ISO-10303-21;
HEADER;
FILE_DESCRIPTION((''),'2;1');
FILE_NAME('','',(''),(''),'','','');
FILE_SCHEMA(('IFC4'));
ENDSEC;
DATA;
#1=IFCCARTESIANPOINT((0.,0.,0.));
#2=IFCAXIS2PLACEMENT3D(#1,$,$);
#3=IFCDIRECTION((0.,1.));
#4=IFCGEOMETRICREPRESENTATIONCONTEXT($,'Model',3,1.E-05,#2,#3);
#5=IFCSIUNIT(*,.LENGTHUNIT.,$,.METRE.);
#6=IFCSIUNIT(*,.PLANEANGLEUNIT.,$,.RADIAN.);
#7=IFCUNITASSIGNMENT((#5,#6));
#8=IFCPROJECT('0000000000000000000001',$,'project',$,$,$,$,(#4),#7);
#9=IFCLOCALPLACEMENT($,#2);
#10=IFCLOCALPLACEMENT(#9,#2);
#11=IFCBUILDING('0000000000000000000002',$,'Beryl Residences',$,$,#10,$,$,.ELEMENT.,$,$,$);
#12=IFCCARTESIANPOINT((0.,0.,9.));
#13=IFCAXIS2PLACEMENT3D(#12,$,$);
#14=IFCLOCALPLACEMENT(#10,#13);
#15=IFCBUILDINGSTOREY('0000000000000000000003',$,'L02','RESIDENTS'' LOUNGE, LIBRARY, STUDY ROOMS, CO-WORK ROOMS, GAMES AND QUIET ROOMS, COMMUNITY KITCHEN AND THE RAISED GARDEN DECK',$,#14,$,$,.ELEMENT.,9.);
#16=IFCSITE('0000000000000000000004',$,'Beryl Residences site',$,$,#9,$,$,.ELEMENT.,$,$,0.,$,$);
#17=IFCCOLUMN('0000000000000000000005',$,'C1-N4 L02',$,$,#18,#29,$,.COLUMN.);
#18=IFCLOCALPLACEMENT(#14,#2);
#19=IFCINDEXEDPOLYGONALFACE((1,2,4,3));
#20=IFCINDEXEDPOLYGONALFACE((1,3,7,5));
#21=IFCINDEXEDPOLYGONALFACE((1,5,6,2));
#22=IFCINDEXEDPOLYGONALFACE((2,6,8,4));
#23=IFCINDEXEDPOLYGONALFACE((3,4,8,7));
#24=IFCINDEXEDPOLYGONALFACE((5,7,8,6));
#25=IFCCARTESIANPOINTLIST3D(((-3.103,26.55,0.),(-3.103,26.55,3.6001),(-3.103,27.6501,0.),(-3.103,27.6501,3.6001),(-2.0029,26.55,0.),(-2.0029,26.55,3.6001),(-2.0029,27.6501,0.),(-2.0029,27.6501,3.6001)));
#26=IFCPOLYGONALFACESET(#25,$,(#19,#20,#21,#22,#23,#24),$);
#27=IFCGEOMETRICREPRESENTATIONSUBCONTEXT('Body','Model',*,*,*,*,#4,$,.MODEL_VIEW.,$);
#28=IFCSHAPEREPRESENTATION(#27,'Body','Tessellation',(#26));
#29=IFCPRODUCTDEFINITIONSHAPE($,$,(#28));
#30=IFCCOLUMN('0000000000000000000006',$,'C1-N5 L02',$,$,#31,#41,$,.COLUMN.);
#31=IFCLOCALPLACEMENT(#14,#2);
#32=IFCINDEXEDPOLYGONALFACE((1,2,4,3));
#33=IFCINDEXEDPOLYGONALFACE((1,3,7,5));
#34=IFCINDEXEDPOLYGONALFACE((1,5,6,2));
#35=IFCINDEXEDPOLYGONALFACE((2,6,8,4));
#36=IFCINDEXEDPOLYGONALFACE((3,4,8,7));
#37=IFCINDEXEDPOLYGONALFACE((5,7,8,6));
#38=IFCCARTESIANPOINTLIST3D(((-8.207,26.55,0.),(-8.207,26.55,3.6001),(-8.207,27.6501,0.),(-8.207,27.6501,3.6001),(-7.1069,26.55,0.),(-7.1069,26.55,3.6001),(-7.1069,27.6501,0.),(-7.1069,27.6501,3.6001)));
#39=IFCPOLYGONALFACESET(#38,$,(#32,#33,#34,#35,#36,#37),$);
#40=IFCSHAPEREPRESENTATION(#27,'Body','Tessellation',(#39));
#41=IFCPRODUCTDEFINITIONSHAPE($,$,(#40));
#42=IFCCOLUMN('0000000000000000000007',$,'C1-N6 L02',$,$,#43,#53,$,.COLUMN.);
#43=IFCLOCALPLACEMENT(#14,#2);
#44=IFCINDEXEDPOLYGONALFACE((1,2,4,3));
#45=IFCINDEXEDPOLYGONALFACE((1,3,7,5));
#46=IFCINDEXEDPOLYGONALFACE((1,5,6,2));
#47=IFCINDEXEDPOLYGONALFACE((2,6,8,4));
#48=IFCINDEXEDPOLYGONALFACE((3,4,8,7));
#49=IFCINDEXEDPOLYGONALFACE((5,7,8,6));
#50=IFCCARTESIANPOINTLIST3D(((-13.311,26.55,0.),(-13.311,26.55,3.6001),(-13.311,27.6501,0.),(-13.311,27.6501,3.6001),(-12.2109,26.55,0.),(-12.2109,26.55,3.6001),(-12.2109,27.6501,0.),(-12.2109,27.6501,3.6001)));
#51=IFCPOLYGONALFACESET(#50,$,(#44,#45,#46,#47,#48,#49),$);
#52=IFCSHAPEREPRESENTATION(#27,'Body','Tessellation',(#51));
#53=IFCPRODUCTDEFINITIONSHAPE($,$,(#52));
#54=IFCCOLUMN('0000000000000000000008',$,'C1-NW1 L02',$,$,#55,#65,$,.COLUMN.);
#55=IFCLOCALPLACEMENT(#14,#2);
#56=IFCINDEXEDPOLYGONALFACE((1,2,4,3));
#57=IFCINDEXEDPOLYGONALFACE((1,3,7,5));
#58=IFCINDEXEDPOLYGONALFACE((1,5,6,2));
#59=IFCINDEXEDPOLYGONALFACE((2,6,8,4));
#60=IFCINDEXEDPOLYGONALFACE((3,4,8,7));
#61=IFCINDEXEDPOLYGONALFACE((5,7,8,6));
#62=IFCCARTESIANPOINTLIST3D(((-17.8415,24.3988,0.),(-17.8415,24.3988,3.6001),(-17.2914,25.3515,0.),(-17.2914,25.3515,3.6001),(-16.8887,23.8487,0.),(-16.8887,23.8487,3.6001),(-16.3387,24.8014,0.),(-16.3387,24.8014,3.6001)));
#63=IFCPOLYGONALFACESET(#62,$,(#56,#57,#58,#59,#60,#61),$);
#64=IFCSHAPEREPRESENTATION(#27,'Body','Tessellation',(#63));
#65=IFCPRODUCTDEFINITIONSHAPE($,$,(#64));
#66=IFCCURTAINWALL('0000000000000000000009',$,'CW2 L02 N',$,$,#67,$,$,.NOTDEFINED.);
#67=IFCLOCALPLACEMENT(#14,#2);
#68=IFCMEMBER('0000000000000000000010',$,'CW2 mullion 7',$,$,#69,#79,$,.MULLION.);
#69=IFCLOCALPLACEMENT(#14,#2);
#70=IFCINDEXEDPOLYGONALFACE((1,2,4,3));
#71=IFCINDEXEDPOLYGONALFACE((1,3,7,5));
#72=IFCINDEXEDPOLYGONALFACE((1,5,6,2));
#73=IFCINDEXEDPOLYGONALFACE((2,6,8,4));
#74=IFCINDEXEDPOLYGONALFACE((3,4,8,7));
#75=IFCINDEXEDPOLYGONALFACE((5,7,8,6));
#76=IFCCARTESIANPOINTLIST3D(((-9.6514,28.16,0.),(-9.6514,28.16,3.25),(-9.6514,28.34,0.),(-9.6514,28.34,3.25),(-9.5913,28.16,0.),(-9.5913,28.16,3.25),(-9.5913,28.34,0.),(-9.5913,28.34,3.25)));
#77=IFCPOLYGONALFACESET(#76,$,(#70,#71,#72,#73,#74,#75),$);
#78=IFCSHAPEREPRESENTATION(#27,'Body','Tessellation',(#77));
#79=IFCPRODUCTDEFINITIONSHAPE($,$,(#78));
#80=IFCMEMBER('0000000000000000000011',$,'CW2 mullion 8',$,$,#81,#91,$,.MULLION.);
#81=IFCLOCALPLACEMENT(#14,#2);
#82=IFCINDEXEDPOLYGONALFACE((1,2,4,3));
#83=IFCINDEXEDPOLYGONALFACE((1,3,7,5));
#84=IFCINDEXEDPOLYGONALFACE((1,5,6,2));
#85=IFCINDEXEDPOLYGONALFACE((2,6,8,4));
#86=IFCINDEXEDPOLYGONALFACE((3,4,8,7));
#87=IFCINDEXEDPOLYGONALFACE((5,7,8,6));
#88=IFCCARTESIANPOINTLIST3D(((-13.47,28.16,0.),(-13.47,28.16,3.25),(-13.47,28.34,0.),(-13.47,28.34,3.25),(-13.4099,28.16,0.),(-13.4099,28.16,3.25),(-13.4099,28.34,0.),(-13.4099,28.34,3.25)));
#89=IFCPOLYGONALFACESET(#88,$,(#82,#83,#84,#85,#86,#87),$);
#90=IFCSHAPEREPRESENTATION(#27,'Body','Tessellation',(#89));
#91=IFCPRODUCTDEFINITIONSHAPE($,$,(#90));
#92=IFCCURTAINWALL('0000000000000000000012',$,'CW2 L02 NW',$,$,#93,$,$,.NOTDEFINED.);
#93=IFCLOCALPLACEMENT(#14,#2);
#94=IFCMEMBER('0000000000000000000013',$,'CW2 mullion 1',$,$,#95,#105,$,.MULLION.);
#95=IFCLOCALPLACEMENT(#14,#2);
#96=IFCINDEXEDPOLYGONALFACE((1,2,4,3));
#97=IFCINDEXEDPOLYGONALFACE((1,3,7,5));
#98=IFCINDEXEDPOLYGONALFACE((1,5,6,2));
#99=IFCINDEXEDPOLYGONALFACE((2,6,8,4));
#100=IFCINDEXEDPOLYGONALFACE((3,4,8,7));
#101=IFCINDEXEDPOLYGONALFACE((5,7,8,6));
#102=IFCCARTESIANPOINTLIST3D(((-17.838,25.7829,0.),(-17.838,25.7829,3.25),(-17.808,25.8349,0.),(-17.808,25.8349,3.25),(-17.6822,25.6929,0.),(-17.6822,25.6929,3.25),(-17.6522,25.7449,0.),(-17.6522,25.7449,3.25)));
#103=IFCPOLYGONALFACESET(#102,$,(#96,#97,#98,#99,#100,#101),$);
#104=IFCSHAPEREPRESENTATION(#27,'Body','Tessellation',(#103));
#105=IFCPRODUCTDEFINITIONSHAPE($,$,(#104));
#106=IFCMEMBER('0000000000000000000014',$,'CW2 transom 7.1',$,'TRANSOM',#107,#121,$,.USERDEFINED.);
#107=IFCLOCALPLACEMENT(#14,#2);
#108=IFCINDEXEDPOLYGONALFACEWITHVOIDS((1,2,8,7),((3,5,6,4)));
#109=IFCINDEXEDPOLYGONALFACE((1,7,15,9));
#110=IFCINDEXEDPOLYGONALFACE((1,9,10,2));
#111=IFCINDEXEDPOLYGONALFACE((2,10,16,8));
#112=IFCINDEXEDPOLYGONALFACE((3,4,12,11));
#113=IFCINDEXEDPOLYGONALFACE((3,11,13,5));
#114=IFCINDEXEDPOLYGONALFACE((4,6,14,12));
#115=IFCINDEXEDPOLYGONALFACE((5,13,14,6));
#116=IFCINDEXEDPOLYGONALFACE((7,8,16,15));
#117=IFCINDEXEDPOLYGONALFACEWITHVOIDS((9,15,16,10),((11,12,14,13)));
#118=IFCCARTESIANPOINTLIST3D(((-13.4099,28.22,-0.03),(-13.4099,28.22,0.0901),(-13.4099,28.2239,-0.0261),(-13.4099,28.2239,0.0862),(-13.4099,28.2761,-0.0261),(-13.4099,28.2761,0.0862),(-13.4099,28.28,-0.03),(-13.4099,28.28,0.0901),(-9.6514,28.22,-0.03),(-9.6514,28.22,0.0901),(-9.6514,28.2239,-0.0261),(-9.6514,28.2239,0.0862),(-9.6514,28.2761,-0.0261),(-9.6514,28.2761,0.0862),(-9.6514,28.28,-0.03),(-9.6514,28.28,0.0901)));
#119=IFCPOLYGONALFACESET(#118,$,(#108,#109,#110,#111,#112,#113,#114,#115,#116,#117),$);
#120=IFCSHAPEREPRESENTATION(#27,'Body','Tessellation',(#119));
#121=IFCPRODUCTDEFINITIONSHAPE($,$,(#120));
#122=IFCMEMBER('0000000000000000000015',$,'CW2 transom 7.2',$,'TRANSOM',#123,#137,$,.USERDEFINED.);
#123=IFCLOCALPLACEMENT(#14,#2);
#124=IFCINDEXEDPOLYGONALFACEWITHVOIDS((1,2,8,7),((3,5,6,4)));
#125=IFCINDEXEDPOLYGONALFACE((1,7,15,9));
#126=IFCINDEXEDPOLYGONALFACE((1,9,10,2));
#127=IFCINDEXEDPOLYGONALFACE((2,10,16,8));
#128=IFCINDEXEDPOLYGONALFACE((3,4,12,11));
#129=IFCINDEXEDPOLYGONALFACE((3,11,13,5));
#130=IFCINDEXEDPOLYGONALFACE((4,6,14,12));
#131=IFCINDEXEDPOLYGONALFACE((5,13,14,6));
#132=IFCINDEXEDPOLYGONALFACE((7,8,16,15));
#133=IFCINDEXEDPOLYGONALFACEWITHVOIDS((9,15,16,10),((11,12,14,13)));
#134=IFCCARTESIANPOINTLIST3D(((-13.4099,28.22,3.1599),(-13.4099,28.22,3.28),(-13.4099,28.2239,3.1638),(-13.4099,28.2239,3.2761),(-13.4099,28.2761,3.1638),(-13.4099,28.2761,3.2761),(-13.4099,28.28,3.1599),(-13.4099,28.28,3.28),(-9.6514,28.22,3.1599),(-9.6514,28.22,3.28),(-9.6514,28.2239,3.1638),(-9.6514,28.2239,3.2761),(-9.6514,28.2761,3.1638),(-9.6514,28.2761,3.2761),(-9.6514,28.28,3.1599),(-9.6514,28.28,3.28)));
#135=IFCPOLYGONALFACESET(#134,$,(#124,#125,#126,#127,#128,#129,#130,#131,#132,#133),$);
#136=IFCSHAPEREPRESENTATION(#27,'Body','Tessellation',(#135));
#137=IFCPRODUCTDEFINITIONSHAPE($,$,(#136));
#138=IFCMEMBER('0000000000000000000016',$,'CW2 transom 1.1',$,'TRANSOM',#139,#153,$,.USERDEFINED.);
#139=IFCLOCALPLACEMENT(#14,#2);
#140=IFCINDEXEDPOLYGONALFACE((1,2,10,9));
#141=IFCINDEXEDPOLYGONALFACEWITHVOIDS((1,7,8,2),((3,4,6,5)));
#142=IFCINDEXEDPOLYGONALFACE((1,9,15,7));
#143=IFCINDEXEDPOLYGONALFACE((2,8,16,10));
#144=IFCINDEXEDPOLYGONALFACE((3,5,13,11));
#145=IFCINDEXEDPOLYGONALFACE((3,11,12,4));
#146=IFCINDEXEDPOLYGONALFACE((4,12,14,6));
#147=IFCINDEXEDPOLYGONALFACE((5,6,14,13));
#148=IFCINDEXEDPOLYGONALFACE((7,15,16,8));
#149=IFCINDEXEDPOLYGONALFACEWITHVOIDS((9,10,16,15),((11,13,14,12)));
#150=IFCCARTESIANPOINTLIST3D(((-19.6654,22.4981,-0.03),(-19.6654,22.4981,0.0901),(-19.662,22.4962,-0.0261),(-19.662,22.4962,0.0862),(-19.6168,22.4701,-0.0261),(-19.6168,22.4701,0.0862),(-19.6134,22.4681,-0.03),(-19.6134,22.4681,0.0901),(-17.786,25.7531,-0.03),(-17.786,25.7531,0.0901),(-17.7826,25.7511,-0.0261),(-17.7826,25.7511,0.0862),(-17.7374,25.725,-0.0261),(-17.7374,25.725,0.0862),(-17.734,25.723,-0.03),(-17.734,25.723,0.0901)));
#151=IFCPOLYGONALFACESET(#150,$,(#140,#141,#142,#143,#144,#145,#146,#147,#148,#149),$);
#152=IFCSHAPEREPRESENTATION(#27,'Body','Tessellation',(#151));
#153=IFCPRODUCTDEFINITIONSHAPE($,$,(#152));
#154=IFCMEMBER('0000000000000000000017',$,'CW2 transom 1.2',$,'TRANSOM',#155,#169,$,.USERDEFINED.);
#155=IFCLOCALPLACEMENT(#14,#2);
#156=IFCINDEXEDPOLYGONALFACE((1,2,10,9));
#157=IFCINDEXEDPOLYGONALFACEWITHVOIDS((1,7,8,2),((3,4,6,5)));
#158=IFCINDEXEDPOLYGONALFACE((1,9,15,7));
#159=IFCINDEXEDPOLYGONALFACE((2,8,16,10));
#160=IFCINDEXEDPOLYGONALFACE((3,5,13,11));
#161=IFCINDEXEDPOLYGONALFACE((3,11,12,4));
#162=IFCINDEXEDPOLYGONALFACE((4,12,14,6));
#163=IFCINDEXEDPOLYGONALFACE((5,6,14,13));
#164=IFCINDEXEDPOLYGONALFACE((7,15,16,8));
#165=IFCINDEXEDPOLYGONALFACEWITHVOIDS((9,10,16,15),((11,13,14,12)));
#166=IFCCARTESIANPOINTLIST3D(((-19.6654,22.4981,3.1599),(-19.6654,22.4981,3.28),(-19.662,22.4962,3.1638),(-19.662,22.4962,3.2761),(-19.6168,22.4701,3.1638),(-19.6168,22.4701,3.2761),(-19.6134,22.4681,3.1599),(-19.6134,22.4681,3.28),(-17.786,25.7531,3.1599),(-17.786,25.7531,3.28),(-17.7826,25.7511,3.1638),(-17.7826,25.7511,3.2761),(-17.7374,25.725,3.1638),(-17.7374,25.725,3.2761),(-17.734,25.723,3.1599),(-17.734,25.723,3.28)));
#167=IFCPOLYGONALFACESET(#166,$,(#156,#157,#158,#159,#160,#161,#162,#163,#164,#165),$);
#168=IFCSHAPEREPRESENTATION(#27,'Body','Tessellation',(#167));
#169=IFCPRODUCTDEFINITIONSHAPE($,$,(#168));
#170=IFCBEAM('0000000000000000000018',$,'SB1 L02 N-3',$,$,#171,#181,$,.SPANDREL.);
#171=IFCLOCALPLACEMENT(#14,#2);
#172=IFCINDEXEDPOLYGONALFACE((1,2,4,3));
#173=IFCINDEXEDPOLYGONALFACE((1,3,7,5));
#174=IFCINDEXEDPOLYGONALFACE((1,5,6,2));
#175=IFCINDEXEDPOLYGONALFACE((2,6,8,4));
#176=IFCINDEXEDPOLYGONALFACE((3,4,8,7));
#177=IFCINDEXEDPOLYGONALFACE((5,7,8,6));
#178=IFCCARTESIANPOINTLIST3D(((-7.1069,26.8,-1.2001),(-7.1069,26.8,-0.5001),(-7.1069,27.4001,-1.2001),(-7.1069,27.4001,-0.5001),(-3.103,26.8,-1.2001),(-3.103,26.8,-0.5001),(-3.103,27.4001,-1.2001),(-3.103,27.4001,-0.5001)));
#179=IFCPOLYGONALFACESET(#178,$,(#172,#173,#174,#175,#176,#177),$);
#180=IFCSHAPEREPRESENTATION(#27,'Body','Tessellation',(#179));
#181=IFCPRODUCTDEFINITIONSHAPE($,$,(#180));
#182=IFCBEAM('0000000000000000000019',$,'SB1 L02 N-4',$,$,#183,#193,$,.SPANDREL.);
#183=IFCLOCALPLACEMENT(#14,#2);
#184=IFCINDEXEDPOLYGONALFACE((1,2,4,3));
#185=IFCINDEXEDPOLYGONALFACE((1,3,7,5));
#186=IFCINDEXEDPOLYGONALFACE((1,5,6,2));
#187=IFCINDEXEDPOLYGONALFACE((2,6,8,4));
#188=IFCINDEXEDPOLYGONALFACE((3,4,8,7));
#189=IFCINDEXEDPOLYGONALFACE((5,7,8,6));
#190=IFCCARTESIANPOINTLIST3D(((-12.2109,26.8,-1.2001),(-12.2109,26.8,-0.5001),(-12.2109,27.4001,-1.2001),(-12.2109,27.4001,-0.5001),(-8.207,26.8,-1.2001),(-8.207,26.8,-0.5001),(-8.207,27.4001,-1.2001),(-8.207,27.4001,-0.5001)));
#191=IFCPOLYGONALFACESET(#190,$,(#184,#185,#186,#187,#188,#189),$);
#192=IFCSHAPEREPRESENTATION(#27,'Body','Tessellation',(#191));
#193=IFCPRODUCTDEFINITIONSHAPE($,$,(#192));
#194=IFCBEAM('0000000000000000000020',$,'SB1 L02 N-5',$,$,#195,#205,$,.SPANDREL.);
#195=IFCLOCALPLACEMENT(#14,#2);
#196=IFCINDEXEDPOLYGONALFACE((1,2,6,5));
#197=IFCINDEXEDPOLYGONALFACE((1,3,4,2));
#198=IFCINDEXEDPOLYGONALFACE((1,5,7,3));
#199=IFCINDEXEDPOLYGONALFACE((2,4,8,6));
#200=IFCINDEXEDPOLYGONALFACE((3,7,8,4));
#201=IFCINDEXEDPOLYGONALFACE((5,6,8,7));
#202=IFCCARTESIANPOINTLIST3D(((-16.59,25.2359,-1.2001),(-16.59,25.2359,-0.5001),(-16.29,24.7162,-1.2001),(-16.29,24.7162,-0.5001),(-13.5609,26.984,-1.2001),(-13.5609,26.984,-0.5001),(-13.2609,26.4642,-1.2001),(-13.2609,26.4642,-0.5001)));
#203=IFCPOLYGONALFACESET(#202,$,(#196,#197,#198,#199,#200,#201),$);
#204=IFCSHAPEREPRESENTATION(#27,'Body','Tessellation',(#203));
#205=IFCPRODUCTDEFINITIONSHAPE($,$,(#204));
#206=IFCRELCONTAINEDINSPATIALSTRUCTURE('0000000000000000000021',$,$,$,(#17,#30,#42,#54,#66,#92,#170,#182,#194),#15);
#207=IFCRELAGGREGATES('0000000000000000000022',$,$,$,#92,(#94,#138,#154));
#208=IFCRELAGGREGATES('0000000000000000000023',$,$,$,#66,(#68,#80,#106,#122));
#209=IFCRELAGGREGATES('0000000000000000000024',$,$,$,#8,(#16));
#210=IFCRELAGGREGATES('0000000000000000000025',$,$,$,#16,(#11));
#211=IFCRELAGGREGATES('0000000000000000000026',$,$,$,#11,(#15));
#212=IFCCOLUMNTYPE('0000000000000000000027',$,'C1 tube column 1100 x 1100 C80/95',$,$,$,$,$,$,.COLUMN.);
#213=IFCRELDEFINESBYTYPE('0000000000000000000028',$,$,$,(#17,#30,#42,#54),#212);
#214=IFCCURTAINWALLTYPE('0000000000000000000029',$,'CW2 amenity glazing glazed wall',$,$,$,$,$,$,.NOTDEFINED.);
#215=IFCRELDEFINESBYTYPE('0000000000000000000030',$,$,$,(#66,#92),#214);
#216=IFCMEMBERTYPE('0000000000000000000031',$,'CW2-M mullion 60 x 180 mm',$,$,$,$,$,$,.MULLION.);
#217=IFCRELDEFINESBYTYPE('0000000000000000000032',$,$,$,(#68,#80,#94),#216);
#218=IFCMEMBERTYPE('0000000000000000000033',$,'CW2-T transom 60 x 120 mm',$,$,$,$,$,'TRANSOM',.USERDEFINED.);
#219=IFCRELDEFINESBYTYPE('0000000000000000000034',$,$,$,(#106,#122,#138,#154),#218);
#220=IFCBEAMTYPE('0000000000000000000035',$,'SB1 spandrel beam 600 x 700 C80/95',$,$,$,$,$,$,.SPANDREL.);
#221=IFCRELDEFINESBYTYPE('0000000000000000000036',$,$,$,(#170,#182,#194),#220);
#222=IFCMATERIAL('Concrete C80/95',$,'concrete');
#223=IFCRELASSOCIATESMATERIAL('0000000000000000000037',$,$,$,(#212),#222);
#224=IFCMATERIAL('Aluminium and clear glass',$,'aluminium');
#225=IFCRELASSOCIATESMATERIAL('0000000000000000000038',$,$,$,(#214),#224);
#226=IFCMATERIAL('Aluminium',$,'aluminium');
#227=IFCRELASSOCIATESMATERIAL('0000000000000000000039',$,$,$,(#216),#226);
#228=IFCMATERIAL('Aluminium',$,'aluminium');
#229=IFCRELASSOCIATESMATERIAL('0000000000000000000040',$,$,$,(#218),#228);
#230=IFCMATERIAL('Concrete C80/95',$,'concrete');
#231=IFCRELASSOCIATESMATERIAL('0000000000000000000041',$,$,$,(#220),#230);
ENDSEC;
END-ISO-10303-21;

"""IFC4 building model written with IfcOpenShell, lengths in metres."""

from ifc_helpers import new_model, si_unit, direction, frame, origin, origin_2d, place, context, subcontext, project, spatial, rectangle, hollow_rectangle, extrude, material, material_profile, profile_set, type_object, element, aggregate, save


model = new_model("IFC4")

# Units and contexts
model_context = context("Model", 3, precision=1e-05, world=origin(), true_north=direction((0.0, 1.0)))
body_context = subcontext(model_context, "Body", "Model", "MODEL_VIEW")
ifc_project = project(units=[si_unit("LENGTHUNIT", "METRE"), si_unit("PLANEANGLEUNIT", "RADIAN")], contexts=[model_context])

# Site, building, storey
site_placement = place(None, origin())
site = spatial("IfcSite", under=ifc_project, at=site_placement, Name="Beryl Residences site", CompositionType="ELEMENT", RefElevation=0.0)
building_placement = place(site_placement, origin())
building = spatial("IfcBuilding", under=site, at=building_placement, Name="Beryl Residences", CompositionType="ELEMENT")
storey_placement = place(building_placement, frame((0.0, 0.0, 9.0)))
storey = spatial("IfcBuildingStorey", under=building, at=storey_placement, Name="L02", Description="RESIDENTS' LOUNGE, LIBRARY, STUDY ROOMS, CO-WORK ROOMS, GAMES AND QUIET ROOMS, COMMUNITY KITCHEN AND THE RAISED GARDEN DECK", CompositionType="ELEMENT", Elevation=9.0)

# Columns
ifc_material_1 = material(Name="Concrete C80/95", Category="concrete")
ifc_material_profile_1 = material_profile(ifc_material_1, rectangle(XDim=1.1001, YDim=1.1001, at=origin_2d()))
ifc_profile_set_1 = profile_set([ifc_material_profile_1], Name="Concrete C80/95")
column_type = type_object("IfcColumnType", Name="C1 tube column 1100 x 1100 C80/95", PredefinedType="COLUMN", material=ifc_profile_set_1)
for number, where, z_axis, x_axis, name in (
    (1, (-2.553, 27.1001, 0.0), (0.0, 0.0, 1.0), (-1.0, 0.0, 0.0), "C1-N4 L02"),
    (2, (-7.657, 27.1001, 0.0), (0.0, 0.0, 1.0), (-1.0, 0.0, 0.0), "C1-N5 L02"),
    (3, (-12.761, 27.1001, 0.0), (0.0, 0.0, 1.0), (-1.0, 0.0, 0.0), "C1-N6 L02"),
    (4, (-17.0901, 24.6001, 0.0), (0.0, 0.0, 1.0), (-0.499985, -0.866034, 0.0), "C1-NW1 L02"),
):
    element("IfcColumn", number, at=place(storey_placement, frame(where, z_axis=z_axis, x_axis=x_axis)), inside=storey, type_object=column_type, Name=name, PredefinedType="COLUMN", context=body_context, shape_type="SweptSolid", body=[
        extrude(rectangle(XDim=1.1001, YDim=1.1001, at=origin_2d()), origin(), (0.0, 0.0, 1.0), 3.6001),
    ])

# Curtain wall, members
ifc_material_2 = material(Name="Aluminium and clear glass", Category="aluminium")
curtain_wall_type = type_object("IfcCurtainWallType", Name="CW2 amenity glazing glazed wall", PredefinedType="NOTDEFINED", material=ifc_material_2)
curtain_wall_1_placement = place(storey_placement, origin())
curtain_wall_1 = element("IfcCurtainWall", 5, at=curtain_wall_1_placement, inside=storey, type_object=curtain_wall_type, Name="CW2 L02 N", PredefinedType="NOTDEFINED")
ifc_material_3 = material(Name="Aluminium", Category="aluminium")
ifc_material_profile_2 = material_profile(ifc_material_3, rectangle(XDim=0.0601, YDim=0.1799, at=origin_2d()))
ifc_profile_set_2 = profile_set([ifc_material_profile_2], Name="Aluminium")
member_type_1 = type_object("IfcMemberType", Name="CW2-M mullion 60 x 180 mm", PredefinedType="MULLION", material=ifc_profile_set_2)
member_1_placement = place(storey_placement, frame((-9.6213, 28.25, 0.0), z_axis=(0.0, 0.0, 1.0), x_axis=(-1.0, 0.0, 0.0)))
member_1 = element("IfcMember", 6, at=member_1_placement, type_object=member_type_1, Name="CW2 mullion 7", PredefinedType="MULLION", context=body_context, shape_type="SweptSolid", body=[
    extrude(rectangle(XDim=0.0601, YDim=0.1799, at=origin_2d()), origin(), (0.0, 0.0, 1.0), 3.25),
])
member_2_placement = place(storey_placement, frame((-13.4399, 28.25, 0.0), z_axis=(0.0, 0.0, 1.0), x_axis=(-1.0, 0.0, 0.0)))
member_2 = element("IfcMember", 7, at=member_2_placement, type_object=member_type_1, Name="CW2 mullion 8", PredefinedType="MULLION", context=body_context, shape_type="SweptSolid", body=[
    extrude(rectangle(XDim=0.0601, YDim=0.1799, at=origin_2d()), origin(), (0.0, 0.0, 1.0), 3.25),
])

# Curtain wall, member
curtain_wall_2_placement = place(storey_placement, origin())
curtain_wall_2 = element("IfcCurtainWall", 8, at=curtain_wall_2_placement, inside=storey, type_object=curtain_wall_type, Name="CW2 L02 NW", PredefinedType="NOTDEFINED")
member_3_placement = place(storey_placement, frame((-17.7451, 25.7639, 0.0), z_axis=(0.0, 0.0, 1.0), x_axis=(-0.500012, -0.866019, 0.0)))
member_3 = element("IfcMember", 9, at=member_3_placement, type_object=member_type_1, Name="CW2 mullion 1", PredefinedType="MULLION", context=body_context, shape_type="SweptSolid", body=[
    extrude(rectangle(XDim=0.0601, YDim=0.1799, at=origin_2d()), origin(), (0.0, 0.0, 1.0), 3.25),
])

# Members
ifc_material_4 = material(Name="Aluminium", Category="aluminium")
ifc_material_profile_3 = material_profile(ifc_material_4, hollow_rectangle(XDim=0.0601, YDim=0.1201, WallThickness=0.0039, at=origin_2d()))
ifc_profile_set_3 = profile_set([ifc_material_profile_3], Name="Aluminium")
member_type_2 = type_object("IfcMemberType", Name="CW2-T transom 60 x 120 mm", ElementType="TRANSOM", PredefinedType="USERDEFINED", material=ifc_profile_set_3)
member_4_placement = place(storey_placement, frame((-9.6514, 28.25, 0.03), z_axis=(-1.0, 0.0, 0.0), x_axis=(0.0, -1.0, 0.0)))
member_4 = element("IfcMember", 10, at=member_4_placement, type_object=member_type_2, Name="CW2 transom 7.1", ObjectType="TRANSOM", PredefinedType="USERDEFINED", context=body_context, shape_type="SweptSolid", body=[
    extrude(hollow_rectangle(XDim=0.0601, YDim=0.1201, WallThickness=0.0039, at=origin_2d()), origin(), (0.0, 0.0, 1.0), 3.7585),
])
member_5_placement = place(storey_placement, frame((-9.6514, 28.25, 3.22), z_axis=(-1.0, 0.0, 0.0), x_axis=(0.0, -1.0, 0.0)))
member_5 = element("IfcMember", 11, at=member_5_placement, type_object=member_type_2, Name="CW2 transom 7.2", ObjectType="TRANSOM", PredefinedType="USERDEFINED", context=body_context, shape_type="SweptSolid", body=[
    extrude(hollow_rectangle(XDim=0.0601, YDim=0.1201, WallThickness=0.0039, at=origin_2d()), origin(), (0.0, 0.0, 1.0), 3.7585),
])
member_6_placement = place(storey_placement, frame((-17.76, 25.738, 0.03), z_axis=(-0.500037, -0.866004, 0.0), x_axis=(0.866004, -0.500037, 0.0)))
member_6 = element("IfcMember", 12, at=member_6_placement, type_object=member_type_2, Name="CW2 transom 1.1", ObjectType="TRANSOM", PredefinedType="USERDEFINED", context=body_context, shape_type="SweptSolid", body=[
    extrude(hollow_rectangle(XDim=0.0601, YDim=0.1201, WallThickness=0.0039, at=origin_2d()), origin(), (0.0, 0.0, 1.0), 3.7585),
])
member_7_placement = place(storey_placement, frame((-17.76, 25.738, 3.22), z_axis=(-0.500037, -0.866004, 0.0), x_axis=(0.866004, -0.500037, 0.0)))
member_7 = element("IfcMember", 13, at=member_7_placement, type_object=member_type_2, Name="CW2 transom 1.2", ObjectType="TRANSOM", PredefinedType="USERDEFINED", context=body_context, shape_type="SweptSolid", body=[
    extrude(hollow_rectangle(XDim=0.0601, YDim=0.1201, WallThickness=0.0039, at=origin_2d()), origin(), (0.0, 0.0, 1.0), 3.7585),
])
aggregate(curtain_wall_2, [member_3, member_6, member_7])

# Beams
ifc_material_5 = material(Name="Concrete C80/95", Category="concrete")
ifc_material_profile_4 = material_profile(ifc_material_5, rectangle(XDim=0.6001, YDim=0.7, at=origin_2d()))
ifc_profile_set_4 = profile_set([ifc_material_profile_4], Name="Concrete C80/95")
beam_type = type_object("IfcBeamType", Name="SB1 spandrel beam 600 x 700 C80/95", PredefinedType="SPANDREL", material=ifc_profile_set_4)
for number, where, z_axis, x_axis, name in (
    (14, (-3.103, 27.1001, -0.8501), (-1.0, 0.0, 0.0), (0.0, -1.0, 0.0), "SB1 L02 N-3"),
    (15, (-8.207, 27.1001, -0.8501), (-1.0, 0.0, 0.0), (0.0, -1.0, 0.0), "SB1 L02 N-4"),
):
    element("IfcBeam", number, at=place(storey_placement, frame(where, z_axis=z_axis, x_axis=x_axis)), inside=storey, type_object=beam_type, Name=name, PredefinedType="SPANDREL", context=body_context, shape_type="SweptSolid", body=[
        extrude(rectangle(XDim=0.6001, YDim=0.7, at=origin_2d()), origin(), (0.0, 0.0, 1.0), 4.0039),
    ])
beam_placement = place(storey_placement, frame((-13.4109, 26.7241, -0.8501), z_axis=(-0.866122, -0.499833, 0.0), x_axis=(0.499833, -0.866122, 0.0)))
element("IfcBeam", 16, at=beam_placement, inside=storey, type_object=beam_type, Name="SB1 L02 N-5", PredefinedType="SPANDREL", context=body_context, shape_type="SweptSolid", body=[
    extrude(rectangle(XDim=0.6001, YDim=0.7, at=origin_2d()), origin(), (0.0, 0.0, 1.0), 3.4973),
])

aggregate(curtain_wall_1, [member_1, member_2, member_4, member_5])

save(model, "model.ifc")
